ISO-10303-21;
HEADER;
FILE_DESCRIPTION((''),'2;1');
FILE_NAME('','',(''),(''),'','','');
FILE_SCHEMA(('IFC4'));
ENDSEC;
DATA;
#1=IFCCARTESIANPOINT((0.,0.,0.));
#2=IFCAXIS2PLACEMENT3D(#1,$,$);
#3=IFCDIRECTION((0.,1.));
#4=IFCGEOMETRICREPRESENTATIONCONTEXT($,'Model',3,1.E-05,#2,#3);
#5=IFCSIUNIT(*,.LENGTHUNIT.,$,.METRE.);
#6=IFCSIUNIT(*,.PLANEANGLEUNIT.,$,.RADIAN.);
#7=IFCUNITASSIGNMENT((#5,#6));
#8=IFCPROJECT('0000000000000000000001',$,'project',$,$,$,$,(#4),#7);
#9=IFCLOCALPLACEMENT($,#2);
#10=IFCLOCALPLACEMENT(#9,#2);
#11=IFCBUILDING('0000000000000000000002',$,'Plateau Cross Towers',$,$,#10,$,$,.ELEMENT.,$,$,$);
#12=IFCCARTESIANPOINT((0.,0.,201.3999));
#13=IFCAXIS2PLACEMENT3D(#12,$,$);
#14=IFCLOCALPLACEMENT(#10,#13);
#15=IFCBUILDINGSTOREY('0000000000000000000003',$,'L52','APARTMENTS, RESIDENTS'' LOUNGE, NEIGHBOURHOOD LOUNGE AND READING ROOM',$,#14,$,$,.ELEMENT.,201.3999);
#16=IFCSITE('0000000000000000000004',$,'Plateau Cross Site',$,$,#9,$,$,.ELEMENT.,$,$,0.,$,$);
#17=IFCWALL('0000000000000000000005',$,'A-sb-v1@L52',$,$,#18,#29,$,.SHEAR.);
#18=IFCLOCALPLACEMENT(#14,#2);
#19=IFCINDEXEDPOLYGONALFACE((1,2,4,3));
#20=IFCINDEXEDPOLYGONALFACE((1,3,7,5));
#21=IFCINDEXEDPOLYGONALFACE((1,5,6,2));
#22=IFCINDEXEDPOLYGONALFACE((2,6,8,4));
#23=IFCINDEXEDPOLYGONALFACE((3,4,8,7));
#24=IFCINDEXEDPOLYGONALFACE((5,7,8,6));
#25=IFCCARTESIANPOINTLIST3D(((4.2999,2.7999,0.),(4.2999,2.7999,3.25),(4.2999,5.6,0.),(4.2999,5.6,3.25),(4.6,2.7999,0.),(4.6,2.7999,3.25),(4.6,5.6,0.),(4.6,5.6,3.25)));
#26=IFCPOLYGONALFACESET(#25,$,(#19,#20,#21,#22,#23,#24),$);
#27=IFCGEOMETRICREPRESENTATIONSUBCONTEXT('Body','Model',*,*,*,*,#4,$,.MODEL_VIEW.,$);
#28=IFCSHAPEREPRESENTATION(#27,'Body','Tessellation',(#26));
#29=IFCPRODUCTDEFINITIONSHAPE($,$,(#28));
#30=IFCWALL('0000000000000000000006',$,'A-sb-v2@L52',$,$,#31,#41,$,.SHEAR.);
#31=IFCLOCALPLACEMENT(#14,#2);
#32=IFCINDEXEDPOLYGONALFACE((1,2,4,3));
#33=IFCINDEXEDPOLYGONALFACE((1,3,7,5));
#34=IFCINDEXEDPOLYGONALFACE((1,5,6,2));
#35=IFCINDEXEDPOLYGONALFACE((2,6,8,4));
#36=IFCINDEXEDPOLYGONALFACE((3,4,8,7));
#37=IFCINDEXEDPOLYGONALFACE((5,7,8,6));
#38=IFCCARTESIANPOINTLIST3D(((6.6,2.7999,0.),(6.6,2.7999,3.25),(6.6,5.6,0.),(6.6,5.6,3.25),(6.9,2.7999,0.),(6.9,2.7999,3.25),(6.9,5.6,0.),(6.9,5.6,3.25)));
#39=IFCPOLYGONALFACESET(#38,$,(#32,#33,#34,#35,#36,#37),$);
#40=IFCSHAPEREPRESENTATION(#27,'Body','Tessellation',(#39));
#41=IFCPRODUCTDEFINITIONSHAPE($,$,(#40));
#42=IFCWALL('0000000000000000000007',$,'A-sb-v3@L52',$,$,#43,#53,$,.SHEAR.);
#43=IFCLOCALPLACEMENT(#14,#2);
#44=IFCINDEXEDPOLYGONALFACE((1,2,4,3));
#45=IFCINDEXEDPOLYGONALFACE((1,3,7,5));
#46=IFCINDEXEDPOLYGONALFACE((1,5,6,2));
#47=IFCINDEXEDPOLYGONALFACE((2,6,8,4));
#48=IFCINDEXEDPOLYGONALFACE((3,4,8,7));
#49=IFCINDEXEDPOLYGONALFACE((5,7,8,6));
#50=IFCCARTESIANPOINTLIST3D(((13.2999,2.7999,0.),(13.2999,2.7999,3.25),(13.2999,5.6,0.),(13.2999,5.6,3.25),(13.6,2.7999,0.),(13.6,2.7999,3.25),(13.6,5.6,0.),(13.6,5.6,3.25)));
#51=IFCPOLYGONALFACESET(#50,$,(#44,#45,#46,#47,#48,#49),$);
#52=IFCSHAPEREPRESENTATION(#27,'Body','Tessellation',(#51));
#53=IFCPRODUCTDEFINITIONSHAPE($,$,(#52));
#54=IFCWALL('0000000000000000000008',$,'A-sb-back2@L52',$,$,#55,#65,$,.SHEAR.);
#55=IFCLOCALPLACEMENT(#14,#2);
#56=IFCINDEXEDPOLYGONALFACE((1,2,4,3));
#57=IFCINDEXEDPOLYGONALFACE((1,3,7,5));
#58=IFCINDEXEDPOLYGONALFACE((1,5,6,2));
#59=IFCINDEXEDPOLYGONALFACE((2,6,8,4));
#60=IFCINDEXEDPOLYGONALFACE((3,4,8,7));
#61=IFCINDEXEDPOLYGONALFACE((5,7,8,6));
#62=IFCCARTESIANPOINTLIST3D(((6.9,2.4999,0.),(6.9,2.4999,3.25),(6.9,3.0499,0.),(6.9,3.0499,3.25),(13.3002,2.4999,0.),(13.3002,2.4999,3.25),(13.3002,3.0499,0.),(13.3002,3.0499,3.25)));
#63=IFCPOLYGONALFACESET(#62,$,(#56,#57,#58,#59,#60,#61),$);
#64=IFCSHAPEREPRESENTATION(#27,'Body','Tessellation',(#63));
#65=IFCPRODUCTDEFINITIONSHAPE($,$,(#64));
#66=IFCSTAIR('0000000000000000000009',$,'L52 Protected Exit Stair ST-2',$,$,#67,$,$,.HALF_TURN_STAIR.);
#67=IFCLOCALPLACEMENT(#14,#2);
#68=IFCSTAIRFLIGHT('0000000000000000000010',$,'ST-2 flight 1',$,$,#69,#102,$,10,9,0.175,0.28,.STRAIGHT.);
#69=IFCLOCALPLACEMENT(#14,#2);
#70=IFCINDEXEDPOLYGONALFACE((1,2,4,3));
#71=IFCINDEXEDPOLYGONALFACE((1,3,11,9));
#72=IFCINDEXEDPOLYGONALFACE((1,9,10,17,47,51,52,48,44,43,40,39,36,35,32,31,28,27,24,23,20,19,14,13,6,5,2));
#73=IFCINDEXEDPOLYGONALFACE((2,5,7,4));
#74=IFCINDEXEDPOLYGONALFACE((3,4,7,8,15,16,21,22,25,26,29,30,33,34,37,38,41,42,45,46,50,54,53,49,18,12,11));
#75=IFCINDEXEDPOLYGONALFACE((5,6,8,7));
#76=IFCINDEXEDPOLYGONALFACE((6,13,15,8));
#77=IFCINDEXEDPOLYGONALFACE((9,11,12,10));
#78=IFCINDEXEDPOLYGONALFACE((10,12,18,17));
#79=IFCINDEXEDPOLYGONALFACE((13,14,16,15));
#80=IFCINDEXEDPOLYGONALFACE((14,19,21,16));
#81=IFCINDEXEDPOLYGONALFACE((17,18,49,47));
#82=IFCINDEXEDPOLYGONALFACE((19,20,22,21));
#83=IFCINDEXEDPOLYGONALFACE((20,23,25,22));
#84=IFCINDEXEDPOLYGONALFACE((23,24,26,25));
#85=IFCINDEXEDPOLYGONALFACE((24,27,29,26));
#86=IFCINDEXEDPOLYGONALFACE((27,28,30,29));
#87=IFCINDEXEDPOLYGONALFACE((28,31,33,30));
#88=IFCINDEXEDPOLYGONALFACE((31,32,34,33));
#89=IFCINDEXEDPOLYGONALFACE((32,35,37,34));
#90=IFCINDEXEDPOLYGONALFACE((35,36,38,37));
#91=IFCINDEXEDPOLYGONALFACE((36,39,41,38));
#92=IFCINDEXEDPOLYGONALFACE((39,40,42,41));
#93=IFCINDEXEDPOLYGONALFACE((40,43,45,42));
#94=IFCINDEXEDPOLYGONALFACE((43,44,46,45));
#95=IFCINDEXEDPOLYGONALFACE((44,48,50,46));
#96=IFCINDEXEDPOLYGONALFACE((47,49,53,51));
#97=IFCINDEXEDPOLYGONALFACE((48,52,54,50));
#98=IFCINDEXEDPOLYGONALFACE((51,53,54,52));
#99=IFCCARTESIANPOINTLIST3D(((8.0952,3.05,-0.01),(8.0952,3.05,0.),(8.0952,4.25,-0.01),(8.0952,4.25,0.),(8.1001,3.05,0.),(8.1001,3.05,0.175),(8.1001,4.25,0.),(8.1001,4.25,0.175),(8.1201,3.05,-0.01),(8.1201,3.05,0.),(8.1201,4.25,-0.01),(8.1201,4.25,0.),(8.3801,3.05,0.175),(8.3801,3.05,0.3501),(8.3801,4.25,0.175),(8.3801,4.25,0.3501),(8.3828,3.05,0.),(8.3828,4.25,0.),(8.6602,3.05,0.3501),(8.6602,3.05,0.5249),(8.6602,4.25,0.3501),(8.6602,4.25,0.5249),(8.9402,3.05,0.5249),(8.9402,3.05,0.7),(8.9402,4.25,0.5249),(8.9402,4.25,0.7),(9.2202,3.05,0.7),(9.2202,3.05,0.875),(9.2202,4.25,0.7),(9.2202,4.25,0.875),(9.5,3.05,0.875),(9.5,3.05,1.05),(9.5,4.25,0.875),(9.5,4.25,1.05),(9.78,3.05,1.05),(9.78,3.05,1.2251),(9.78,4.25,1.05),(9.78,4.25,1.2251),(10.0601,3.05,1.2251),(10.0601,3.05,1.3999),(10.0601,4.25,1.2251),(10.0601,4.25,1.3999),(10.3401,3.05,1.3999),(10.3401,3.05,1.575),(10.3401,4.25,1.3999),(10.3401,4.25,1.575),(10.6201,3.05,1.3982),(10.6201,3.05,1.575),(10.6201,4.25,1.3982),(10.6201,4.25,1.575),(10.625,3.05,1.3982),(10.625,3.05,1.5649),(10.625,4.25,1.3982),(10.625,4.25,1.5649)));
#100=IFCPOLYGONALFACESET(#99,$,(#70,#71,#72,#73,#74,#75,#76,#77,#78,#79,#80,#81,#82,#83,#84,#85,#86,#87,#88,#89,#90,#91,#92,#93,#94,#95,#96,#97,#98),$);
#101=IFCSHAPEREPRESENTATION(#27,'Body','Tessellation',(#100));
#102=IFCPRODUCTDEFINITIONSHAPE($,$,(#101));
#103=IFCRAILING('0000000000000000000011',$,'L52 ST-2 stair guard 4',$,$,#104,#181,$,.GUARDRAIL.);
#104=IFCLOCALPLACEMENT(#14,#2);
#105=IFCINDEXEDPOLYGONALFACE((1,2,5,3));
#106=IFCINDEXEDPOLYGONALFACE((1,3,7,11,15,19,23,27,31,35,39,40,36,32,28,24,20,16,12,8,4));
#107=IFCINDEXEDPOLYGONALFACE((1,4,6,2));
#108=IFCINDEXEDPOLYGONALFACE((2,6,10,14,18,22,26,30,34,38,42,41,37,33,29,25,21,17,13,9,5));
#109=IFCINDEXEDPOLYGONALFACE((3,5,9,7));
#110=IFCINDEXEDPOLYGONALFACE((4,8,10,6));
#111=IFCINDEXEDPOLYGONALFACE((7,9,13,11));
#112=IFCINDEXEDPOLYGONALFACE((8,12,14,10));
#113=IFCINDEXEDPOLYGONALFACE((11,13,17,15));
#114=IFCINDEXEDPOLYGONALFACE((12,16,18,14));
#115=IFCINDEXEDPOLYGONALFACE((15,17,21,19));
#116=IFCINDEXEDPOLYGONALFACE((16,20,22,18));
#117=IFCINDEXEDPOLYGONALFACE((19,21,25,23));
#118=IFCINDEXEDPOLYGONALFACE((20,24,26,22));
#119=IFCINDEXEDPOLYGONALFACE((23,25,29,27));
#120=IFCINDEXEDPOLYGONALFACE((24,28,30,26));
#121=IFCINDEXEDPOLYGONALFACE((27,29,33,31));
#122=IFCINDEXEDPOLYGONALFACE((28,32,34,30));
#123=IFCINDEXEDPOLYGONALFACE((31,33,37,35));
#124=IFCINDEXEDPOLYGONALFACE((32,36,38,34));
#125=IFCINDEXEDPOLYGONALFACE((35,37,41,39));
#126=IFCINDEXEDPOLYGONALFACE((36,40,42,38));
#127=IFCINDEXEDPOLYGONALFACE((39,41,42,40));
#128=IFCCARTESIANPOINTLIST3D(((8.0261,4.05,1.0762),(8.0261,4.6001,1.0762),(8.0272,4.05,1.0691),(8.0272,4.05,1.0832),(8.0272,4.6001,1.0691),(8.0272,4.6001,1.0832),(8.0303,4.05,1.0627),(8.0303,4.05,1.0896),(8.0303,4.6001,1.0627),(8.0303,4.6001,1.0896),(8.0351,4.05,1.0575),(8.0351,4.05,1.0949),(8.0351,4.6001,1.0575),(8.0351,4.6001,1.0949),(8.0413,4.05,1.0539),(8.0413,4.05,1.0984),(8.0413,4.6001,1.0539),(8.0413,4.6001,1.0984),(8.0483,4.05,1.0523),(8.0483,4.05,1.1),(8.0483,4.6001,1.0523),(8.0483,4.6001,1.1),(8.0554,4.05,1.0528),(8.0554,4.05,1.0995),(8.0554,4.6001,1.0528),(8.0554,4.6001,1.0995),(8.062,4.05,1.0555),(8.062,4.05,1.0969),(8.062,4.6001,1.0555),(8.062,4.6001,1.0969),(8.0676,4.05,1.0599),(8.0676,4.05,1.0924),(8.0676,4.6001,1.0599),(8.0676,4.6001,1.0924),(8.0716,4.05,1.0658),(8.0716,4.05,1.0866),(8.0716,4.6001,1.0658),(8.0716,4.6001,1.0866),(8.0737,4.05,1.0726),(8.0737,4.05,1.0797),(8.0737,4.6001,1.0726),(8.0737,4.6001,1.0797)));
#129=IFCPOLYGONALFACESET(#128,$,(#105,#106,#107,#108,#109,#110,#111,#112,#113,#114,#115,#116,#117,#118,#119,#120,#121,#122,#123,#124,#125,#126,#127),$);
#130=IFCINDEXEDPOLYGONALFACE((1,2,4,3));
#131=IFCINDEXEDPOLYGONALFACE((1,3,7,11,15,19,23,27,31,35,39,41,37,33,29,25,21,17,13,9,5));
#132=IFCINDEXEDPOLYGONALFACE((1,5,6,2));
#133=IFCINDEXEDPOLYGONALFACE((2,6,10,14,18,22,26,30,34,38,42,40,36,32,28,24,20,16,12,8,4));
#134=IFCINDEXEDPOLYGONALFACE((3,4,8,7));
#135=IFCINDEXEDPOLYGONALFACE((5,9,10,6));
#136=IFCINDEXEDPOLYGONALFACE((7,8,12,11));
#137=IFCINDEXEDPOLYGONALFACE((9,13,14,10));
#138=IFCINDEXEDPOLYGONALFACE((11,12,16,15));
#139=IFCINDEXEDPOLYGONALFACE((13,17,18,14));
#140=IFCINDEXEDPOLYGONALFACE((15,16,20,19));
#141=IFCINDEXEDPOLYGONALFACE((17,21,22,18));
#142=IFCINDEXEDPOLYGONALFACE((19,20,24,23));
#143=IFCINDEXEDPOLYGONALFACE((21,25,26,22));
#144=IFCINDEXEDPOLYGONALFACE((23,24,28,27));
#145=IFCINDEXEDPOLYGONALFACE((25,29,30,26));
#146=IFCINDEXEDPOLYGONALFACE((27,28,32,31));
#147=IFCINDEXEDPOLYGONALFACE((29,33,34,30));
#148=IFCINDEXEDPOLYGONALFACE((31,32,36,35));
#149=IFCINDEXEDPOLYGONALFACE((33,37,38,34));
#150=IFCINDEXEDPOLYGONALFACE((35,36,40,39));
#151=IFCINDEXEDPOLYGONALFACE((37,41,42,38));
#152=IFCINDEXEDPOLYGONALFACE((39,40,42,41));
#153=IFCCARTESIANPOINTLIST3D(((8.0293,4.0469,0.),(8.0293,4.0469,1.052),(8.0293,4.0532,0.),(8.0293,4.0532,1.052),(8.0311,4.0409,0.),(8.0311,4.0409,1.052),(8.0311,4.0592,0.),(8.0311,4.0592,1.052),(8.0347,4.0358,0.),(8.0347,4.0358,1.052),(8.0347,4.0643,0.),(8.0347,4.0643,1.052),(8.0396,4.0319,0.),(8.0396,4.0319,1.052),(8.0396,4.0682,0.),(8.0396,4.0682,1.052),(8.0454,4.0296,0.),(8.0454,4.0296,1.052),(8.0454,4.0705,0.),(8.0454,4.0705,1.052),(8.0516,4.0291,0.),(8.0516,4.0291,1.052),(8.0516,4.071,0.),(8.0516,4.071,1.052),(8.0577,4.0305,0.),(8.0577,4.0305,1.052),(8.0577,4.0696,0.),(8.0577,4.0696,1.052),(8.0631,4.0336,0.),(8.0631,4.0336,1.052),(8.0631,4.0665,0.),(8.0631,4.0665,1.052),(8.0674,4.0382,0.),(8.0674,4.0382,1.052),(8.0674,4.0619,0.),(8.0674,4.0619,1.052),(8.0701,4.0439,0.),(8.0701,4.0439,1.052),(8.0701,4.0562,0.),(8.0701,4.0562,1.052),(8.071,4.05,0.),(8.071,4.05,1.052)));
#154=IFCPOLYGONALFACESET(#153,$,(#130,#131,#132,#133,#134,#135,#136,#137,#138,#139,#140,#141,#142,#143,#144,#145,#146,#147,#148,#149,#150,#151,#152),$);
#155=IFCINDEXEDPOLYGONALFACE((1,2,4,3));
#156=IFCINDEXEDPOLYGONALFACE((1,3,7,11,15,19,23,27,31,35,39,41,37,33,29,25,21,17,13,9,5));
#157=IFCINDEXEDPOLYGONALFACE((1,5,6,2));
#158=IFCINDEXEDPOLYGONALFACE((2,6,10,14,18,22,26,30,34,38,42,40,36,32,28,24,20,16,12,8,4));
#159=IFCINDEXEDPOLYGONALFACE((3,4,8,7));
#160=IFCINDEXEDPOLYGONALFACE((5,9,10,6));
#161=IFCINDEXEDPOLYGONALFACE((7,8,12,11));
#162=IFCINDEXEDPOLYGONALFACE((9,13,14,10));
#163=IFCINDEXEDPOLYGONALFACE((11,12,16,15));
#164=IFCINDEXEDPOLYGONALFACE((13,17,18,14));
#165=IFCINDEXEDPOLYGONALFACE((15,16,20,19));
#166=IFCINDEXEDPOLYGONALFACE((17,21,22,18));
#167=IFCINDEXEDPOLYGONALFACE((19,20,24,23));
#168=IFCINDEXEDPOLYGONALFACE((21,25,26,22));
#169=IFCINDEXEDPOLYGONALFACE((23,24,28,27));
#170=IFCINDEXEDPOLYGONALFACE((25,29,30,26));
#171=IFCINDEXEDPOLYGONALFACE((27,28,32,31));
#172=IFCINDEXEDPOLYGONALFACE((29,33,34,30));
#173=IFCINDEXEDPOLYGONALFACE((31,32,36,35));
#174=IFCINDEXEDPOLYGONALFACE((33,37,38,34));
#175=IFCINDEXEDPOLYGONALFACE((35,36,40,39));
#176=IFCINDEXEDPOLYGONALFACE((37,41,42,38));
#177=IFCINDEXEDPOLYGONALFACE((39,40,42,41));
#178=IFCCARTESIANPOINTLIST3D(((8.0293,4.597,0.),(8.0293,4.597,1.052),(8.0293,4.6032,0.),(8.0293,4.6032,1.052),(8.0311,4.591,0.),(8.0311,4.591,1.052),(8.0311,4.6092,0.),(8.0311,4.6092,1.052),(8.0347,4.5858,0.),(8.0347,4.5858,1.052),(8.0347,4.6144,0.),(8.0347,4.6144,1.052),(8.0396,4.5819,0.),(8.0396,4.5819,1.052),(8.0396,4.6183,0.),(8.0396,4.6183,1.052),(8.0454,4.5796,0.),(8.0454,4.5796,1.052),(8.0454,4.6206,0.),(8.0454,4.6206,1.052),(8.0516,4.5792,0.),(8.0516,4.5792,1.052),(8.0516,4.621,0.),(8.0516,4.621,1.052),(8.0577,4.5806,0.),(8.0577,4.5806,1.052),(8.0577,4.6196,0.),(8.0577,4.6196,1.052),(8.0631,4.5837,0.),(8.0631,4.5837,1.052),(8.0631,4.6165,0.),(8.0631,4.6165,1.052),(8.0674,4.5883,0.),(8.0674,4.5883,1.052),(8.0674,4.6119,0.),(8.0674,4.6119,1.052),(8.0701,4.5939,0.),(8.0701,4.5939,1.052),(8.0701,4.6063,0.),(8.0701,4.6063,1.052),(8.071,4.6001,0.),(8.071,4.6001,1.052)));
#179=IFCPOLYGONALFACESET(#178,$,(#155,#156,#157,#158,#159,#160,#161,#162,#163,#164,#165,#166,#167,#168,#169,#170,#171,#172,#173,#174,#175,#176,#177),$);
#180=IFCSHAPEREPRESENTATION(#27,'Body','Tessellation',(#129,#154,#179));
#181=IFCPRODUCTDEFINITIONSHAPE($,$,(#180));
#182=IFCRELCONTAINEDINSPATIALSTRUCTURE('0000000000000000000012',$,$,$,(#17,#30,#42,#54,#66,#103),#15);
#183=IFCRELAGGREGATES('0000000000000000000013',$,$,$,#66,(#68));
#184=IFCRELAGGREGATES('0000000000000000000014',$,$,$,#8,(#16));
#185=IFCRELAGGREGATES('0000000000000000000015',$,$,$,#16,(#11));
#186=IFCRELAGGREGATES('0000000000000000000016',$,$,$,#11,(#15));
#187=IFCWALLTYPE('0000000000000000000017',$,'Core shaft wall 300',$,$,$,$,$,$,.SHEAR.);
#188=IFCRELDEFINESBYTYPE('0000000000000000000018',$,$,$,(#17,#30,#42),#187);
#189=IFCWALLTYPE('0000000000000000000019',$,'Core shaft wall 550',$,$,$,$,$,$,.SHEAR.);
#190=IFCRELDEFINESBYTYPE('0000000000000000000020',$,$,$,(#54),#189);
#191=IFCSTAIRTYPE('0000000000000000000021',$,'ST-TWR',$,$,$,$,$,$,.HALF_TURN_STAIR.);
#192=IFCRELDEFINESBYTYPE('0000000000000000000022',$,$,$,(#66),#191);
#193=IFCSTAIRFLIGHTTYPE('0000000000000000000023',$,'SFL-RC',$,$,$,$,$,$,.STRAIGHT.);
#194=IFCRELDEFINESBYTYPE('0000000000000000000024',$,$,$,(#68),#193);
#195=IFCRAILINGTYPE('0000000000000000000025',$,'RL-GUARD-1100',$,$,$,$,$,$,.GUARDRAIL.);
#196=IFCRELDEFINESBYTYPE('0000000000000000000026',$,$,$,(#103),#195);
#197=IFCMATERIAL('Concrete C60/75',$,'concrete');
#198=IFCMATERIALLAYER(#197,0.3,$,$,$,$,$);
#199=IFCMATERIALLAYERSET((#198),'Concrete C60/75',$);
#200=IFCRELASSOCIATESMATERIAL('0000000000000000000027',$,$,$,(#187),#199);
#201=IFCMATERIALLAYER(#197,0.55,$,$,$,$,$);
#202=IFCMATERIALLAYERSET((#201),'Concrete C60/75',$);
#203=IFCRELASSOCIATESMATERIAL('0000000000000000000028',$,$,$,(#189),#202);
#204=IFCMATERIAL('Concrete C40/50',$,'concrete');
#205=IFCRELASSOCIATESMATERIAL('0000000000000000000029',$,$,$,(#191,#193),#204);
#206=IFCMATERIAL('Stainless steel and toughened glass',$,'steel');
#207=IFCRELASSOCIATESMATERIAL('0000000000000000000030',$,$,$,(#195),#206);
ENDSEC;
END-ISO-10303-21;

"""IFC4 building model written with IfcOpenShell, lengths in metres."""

from ifc_helpers import new_model, si_unit, direction, frame, frame_2d, origin, origin_2d, place, context, subcontext, project, spatial, polyline, rectangle, circle, outline, extrude, material, layer, layer_set, type_object, element, aggregate, save


model = new_model("IFC4")

# Units and contexts
model_context = context("Model", 3, precision=1e-05, world=origin(), true_north=direction((0.0, 1.0)))
body_context = subcontext(model_context, "Body", "Model", "MODEL_VIEW")
ifc_project = project(units=[si_unit("LENGTHUNIT", "METRE"), si_unit("PLANEANGLEUNIT", "RADIAN")], contexts=[model_context])

# Site, building, storey
site_placement = place(None, origin())
site = spatial("IfcSite", under=ifc_project, at=site_placement, Name="Plateau Cross Site", CompositionType="ELEMENT", RefElevation=0.0)
building_placement = place(site_placement, origin())
building = spatial("IfcBuilding", under=site, at=building_placement, Name="Plateau Cross Towers", CompositionType="ELEMENT")
storey_placement = place(building_placement, frame((0.0, 0.0, 201.3999)))
storey = spatial("IfcBuildingStorey", under=building, at=storey_placement, Name="L52", Description="APARTMENTS, RESIDENTS' LOUNGE, NEIGHBOURHOOD LOUNGE AND READING ROOM", CompositionType="ELEMENT", Elevation=201.3999)

# Walls
ifc_material_1 = material(Name="Concrete C60/75", Category="concrete")
ifc_layer_1 = layer(ifc_material_1, 0.3)
ifc_layer_set_1 = layer_set([ifc_layer_1], Name="Concrete C60/75")
wall_type_1 = type_object("IfcWallType", Name="Core shaft wall 300", PredefinedType="SHEAR", material=ifc_layer_set_1)
for number, where, z_axis, x_axis, name in (
    (1, (4.45, 2.8, 0.0), (0.0, 0.0, 1.0), (0.0, 1.0, 0.0), "A-sb-v1@L52"),
    (2, (6.75, 2.8, 0.0), (0.0, 0.0, 1.0), (0.0, 1.0, 0.0), "A-sb-v2@L52"),
    (3, (13.45, 2.8, 0.0), (0.0, 0.0, 1.0), (0.0, 1.0, 0.0), "A-sb-v3@L52"),
):
    element("IfcWall", number, at=place(storey_placement, frame(where, z_axis=z_axis, x_axis=x_axis)), inside=storey, type_object=wall_type_1, Name=name, PredefinedType="SHEAR", context=body_context, shape_type="SweptSolid", body=[
        extrude(rectangle(XDim=2.8, YDim=0.3, at=frame_2d((1.3999, 0.0))), origin(), (0.0, 0.0, 1.0), 3.25),
    ])
ifc_layer_2 = layer(ifc_material_1, 0.55)
ifc_layer_set_2 = layer_set([ifc_layer_2], Name="Concrete C60/75")
wall_type_2 = type_object("IfcWallType", Name="Core shaft wall 550", PredefinedType="SHEAR", material=ifc_layer_set_2)
wall_1_placement = place(storey_placement, frame((6.8999, 2.7749, 0.0), z_axis=(0.0, 0.0, 1.0), x_axis=(1.0, 0.0, 0.0)))
element("IfcWall", 4, at=wall_1_placement, inside=storey, type_object=wall_type_2, Name="A-sb-back2@L52", PredefinedType="SHEAR", context=body_context, shape_type="SweptSolid", body=[
    extrude(rectangle(XDim=6.4001, YDim=0.55, at=frame_2d((3.2002, 0.0))), origin(), (0.0, 0.0, 1.0), 3.25),
])

# Stair, stair flight
ifc_material_2 = material(Name="Concrete C40/50", Category="concrete")
stair_type = type_object("IfcStairType", Name="ST-TWR", PredefinedType="HALF_TURN_STAIR", material=ifc_material_2)
stair_placement = place(storey_placement, origin())
stair = element("IfcStair", 5, at=stair_placement, inside=storey, type_object=stair_type, Name="L52 Protected Exit Stair ST-2", PredefinedType="HALF_TURN_STAIR")
stair_flight_type = type_object("IfcStairFlightType", Name="SFL-RC", PredefinedType="STRAIGHT", material=ifc_material_2)
stair_flight_placement = place(storey_placement, frame((8.1001, 3.6499, 0.0), z_axis=(0.0, 0.0, 1.0), x_axis=(1.0, 0.0, 0.0)))
stair_flight = element("IfcStairFlight", 6, at=stair_flight_placement, type_object=stair_flight_type, Name="ST-2 flight 1", NumberOfRisers=10, NumberOfTreads=9, PredefinedType="STRAIGHT", RiserHeight=0.175, TreadLength=0.28, context=body_context, shape_type="SweptSolid", body=[
    extrude(outline(polyline([(-0.0049, -0.01), (-0.0049, 0.0), (0.0, 0.0), (0.0, 0.175), (0.28, 0.175), (0.28, 0.3501), (0.5601, 0.3501), (0.5601, 0.5249), (0.8401, 0.5249), (0.8401, 0.7), (1.1201, 0.7), (1.1201, 0.875), (1.3999, 0.875), (1.3999, 1.05), (1.6799, 1.05), (1.6799, 1.2251), (1.96, 1.2251), (1.96, 1.3999), (2.24, 1.3999), (2.24, 1.575), (2.52, 1.575), (2.5249, 1.5649), (2.5249, 1.3982), (2.52, 1.3982), (0.2827, 0.0), (0.02, 0.0), (0.02, -0.01), (-0.0049, -0.01)])), frame((0.0, 0.6001, 0.0), z_axis=(0.0, -1.0, 0.0), x_axis=(1.0, 0.0, 0.0)), (0.0, 0.0, 1.0), 1.2),
])
aggregate(stair, [stair_flight])

# Railing
ifc_material_3 = material(Name="Stainless steel and toughened glass", Category="steel")
railing_type_1 = type_object("IfcRailingType", Name="RL-GUARD-1100", PredefinedType="GUARDRAIL", material=ifc_material_3)
railing_1_placement = place(storey_placement, frame((8.05, 4.05, 0.0)))
element("IfcRailing", 7, at=railing_1_placement, inside=storey, type_object=railing_type_1, Name="L52 ST-2 stair guard 4", PredefinedType="GUARDRAIL", context=body_context, shape_type="SweptSolid", body=[
    extrude(circle(Radius=0.0239, at=origin_2d()), frame((0.0, 0.0, 1.0762), z_axis=(0.0, 1.0, 0.0), x_axis=(-1.0, 0.0, 0.0)), (0.0, 0.0, 1.0), 0.55),
    extrude(circle(Radius=0.021, at=origin_2d()), origin(), (0.0, 0.0, 1.0), 1.052),
    extrude(circle(Radius=0.021, at=origin_2d()), frame((0.0, 0.55, 0.0)), (0.0, 0.0, 1.0), 1.052),
])

save(model, "model.ifc")
